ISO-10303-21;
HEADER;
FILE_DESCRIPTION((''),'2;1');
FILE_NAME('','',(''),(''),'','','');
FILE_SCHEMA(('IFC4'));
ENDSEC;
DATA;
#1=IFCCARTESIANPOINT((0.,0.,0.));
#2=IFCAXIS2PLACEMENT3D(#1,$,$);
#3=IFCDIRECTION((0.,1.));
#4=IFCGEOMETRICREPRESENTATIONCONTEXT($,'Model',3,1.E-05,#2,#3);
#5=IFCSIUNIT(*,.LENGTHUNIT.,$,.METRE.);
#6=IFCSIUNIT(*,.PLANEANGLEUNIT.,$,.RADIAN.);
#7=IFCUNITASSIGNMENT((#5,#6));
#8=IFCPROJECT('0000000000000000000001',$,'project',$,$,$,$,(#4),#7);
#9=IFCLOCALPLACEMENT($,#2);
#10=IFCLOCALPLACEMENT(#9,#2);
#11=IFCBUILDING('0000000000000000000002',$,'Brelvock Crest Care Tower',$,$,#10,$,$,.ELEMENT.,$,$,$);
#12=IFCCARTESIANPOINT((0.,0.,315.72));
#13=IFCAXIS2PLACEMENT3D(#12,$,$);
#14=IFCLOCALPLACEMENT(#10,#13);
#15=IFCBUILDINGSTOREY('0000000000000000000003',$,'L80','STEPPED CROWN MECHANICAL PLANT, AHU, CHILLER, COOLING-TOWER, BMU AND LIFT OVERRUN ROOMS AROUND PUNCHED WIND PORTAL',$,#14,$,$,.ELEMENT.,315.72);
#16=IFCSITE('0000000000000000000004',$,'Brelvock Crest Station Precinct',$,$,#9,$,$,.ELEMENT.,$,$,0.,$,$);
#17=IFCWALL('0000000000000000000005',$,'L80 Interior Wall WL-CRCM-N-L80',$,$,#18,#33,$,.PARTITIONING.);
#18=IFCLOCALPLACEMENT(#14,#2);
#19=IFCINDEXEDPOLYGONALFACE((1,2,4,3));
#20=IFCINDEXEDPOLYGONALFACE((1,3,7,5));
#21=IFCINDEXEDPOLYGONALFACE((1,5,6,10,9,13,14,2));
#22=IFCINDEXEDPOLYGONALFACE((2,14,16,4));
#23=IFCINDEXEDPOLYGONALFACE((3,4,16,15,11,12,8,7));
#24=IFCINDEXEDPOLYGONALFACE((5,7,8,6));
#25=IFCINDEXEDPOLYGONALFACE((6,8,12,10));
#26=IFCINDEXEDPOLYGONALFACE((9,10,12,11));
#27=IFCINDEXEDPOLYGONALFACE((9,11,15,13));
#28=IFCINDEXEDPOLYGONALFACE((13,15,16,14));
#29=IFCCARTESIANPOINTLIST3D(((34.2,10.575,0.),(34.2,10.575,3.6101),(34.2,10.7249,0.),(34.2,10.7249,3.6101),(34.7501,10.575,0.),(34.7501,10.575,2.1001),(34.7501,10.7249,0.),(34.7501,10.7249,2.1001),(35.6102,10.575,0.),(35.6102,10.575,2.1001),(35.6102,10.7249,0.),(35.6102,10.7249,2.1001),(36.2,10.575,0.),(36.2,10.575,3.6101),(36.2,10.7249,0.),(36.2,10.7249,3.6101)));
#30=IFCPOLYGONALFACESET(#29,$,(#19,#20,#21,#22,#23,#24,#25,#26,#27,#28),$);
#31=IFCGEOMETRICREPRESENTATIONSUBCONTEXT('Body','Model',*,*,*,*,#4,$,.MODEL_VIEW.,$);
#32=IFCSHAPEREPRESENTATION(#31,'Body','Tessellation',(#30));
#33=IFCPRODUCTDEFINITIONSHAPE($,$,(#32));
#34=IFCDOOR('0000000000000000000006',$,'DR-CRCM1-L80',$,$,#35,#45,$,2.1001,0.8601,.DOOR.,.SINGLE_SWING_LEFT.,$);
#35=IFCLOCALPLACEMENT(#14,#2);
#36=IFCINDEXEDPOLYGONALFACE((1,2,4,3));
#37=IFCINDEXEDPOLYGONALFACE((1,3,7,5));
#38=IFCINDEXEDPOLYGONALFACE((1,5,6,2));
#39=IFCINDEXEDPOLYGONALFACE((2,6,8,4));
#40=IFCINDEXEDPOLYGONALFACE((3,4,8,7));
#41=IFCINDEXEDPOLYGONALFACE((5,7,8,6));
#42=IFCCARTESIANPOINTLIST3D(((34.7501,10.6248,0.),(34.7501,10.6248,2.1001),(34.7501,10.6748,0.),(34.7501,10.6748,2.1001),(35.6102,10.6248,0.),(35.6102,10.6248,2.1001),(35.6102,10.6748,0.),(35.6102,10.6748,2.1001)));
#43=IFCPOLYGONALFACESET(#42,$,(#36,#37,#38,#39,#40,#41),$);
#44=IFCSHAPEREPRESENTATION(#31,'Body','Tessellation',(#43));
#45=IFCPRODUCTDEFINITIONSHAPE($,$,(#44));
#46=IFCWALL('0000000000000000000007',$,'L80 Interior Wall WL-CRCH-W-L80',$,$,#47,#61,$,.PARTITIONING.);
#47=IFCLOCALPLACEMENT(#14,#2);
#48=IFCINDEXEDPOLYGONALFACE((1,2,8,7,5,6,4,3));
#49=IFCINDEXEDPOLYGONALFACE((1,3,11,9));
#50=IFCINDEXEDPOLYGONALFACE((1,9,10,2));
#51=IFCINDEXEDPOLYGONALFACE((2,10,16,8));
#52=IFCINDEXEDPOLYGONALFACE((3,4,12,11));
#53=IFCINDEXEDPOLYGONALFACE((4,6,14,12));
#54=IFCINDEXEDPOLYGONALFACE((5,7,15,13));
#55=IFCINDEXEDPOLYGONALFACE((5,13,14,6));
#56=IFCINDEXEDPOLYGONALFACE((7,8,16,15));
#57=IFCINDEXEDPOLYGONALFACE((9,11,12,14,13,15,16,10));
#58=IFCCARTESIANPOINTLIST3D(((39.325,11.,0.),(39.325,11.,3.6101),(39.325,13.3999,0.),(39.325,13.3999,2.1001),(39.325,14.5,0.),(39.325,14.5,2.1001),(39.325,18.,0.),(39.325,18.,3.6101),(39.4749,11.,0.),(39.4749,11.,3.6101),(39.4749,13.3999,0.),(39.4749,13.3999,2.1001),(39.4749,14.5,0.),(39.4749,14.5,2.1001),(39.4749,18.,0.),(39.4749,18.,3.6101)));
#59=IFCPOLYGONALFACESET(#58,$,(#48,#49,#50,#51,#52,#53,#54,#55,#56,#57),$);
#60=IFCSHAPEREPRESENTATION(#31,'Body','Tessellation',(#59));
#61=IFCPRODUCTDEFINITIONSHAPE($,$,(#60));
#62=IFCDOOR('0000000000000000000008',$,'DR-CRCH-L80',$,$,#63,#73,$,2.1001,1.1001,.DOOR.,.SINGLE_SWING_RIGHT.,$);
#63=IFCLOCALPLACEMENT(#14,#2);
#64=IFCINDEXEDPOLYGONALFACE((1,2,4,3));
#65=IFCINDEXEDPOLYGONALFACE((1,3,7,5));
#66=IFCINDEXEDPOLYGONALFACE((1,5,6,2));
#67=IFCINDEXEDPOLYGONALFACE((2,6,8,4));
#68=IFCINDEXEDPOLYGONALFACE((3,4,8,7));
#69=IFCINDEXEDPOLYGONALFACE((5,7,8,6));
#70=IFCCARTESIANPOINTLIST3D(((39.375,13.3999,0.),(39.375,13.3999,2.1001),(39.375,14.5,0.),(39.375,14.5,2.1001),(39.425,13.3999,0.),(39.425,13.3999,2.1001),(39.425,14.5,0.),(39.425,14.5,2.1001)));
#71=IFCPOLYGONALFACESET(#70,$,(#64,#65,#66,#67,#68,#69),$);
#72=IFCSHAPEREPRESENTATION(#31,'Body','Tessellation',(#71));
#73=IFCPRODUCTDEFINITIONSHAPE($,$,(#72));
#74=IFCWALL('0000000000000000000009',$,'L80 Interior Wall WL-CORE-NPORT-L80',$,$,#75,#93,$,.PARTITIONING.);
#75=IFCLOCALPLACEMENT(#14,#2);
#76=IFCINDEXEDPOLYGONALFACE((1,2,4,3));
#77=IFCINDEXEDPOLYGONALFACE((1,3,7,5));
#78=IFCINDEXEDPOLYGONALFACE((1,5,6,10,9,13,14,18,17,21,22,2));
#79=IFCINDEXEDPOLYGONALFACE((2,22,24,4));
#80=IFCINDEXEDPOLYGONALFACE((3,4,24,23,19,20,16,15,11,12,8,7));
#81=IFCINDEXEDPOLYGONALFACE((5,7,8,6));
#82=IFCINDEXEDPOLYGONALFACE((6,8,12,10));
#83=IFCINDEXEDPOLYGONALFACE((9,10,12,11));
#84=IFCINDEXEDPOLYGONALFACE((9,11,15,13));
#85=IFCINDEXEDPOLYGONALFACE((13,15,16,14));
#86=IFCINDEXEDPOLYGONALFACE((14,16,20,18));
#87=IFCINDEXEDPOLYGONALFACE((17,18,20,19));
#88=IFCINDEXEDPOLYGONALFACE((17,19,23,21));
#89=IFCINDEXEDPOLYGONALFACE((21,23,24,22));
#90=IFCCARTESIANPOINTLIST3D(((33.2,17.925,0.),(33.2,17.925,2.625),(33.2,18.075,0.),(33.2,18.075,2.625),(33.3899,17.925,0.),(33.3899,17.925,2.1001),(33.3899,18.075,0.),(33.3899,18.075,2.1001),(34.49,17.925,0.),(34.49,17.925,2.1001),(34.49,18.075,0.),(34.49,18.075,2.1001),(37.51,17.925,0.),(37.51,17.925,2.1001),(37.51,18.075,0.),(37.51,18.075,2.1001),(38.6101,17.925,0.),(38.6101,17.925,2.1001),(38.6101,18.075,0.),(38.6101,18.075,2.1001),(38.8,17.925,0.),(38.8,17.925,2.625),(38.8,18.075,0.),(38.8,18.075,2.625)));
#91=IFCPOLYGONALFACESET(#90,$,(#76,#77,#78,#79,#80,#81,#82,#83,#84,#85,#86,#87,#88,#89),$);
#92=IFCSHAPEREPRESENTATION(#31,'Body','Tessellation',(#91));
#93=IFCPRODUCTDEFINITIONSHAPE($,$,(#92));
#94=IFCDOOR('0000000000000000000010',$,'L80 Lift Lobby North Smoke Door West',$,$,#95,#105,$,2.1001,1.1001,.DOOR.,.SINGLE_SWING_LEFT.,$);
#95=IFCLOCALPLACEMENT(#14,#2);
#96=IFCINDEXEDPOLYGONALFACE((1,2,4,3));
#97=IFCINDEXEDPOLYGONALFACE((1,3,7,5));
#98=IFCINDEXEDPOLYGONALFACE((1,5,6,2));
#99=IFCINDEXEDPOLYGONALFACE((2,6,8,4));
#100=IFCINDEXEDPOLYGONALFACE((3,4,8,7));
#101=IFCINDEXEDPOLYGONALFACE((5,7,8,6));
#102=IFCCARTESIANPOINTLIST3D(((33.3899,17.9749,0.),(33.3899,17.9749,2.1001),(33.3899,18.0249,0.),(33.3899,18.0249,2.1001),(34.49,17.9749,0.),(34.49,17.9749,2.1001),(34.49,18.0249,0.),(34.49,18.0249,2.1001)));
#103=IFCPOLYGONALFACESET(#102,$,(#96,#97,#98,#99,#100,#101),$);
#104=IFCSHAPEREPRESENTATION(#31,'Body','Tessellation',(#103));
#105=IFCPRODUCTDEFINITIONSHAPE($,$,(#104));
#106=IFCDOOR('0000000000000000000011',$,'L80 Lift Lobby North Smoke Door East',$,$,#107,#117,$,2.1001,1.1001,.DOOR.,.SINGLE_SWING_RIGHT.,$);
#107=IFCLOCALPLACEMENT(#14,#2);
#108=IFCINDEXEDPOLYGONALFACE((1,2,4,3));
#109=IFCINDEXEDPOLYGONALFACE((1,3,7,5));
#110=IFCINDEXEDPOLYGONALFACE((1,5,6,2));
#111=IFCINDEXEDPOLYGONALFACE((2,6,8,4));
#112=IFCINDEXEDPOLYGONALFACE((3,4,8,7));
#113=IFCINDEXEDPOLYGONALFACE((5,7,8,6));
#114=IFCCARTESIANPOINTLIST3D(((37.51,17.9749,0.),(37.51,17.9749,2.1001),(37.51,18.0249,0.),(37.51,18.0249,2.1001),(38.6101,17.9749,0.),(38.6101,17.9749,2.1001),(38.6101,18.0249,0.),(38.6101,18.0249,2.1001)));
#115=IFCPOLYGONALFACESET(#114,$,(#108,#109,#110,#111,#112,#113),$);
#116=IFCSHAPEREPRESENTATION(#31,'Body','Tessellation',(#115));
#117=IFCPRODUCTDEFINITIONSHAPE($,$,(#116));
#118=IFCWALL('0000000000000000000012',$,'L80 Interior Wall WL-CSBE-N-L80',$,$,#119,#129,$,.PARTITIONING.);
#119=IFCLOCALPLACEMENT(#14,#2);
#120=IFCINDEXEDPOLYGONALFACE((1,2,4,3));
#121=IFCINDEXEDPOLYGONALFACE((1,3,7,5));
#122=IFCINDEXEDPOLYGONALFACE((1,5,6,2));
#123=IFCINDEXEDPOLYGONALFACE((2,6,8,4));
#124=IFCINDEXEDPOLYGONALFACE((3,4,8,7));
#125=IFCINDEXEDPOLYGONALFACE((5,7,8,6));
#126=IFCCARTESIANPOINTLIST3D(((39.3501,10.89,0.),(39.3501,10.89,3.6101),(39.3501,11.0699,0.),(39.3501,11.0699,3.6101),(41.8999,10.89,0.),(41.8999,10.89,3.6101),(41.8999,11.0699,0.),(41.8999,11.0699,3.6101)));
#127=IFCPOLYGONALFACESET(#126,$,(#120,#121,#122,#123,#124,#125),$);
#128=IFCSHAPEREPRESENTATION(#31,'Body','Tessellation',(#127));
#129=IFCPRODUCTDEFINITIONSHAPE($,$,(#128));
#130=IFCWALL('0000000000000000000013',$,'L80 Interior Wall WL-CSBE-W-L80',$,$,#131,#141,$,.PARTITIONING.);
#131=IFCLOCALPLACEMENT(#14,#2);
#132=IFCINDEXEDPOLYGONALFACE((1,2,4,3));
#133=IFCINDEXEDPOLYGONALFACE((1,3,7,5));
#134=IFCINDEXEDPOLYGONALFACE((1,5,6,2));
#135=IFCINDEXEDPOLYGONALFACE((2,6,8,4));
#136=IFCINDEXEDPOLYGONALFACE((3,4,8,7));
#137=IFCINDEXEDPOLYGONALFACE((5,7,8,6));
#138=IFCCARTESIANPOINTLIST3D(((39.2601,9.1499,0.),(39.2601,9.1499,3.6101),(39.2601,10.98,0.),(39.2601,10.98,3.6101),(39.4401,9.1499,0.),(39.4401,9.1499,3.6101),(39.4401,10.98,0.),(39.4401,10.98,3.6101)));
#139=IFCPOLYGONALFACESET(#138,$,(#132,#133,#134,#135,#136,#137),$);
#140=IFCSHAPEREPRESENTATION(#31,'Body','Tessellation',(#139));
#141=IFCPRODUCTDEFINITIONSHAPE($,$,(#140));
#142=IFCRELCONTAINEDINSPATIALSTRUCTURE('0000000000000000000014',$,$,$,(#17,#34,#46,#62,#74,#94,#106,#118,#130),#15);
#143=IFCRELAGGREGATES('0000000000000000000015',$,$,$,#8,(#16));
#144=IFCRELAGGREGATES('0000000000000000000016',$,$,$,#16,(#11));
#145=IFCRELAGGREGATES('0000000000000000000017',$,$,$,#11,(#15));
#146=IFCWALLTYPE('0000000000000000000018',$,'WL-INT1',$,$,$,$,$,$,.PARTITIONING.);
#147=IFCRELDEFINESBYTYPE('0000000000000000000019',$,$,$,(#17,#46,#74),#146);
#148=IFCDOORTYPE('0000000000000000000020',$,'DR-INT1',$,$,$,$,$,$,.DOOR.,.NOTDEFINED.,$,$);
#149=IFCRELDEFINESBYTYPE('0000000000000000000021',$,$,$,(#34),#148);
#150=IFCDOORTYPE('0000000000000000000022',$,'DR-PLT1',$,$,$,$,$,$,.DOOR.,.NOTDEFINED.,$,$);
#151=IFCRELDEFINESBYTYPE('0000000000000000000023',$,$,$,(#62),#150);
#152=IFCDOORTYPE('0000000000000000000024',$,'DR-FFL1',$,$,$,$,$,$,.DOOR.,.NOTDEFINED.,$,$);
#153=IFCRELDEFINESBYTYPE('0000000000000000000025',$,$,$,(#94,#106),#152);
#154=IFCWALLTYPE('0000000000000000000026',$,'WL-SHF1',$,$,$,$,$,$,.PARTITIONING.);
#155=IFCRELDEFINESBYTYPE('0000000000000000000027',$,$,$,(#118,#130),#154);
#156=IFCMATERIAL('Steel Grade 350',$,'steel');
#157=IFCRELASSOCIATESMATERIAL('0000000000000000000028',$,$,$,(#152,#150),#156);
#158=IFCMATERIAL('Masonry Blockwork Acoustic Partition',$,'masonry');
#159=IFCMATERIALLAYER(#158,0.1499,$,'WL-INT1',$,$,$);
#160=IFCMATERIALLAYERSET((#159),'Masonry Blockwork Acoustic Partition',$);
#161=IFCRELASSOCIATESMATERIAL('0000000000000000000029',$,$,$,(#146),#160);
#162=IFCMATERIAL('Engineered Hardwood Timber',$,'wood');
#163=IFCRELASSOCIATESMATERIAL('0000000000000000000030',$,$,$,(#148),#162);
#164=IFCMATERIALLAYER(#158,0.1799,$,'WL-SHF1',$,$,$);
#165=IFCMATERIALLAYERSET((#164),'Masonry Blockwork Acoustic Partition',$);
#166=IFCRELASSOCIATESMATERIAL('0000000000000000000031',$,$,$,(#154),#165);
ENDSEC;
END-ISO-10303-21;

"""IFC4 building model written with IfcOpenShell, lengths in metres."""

from ifc_helpers import new_model, si_unit, direction, frame, frame_2d, origin, origin_2d, place, context, subcontext, project, spatial, rectangle, extrude, source, transform, mapped, material, layer, layer_set, type_object, element, fill, save


model = new_model("IFC4")

# Units and contexts
model_context = context("Model", 3, precision=1e-05, world=origin(), true_north=direction((0.0, 1.0)))
body_context = subcontext(model_context, "Body", "Model", "MODEL_VIEW")
ifc_project = project(units=[si_unit("LENGTHUNIT", "METRE"), si_unit("PLANEANGLEUNIT", "RADIAN")], contexts=[model_context])

# Site, building, storey
site_placement = place(None, origin())
site = spatial("IfcSite", under=ifc_project, at=site_placement, Name="Brelvock Crest Station Precinct", CompositionType="ELEMENT", RefElevation=0.0)
building_placement = place(site_placement, origin())
building = spatial("IfcBuilding", under=site, at=building_placement, Name="Brelvock Crest Care Tower", CompositionType="ELEMENT")
storey_placement = place(building_placement, frame((0.0, 0.0, 315.72)))
storey = spatial("IfcBuildingStorey", under=building, at=storey_placement, Name="L80", Description="STEPPED CROWN MECHANICAL PLANT, AHU, CHILLER, COOLING-TOWER, BMU AND LIFT OVERRUN ROOMS AROUND PUNCHED WIND PORTAL", CompositionType="ELEMENT", Elevation=315.72)

# Shared definitions
ifc_material_1 = material(Name="Steel Grade 350", Category="steel")

# Shared definitions
door_type_1 = type_object("IfcDoorType", Name="DR-FFL1", OperationType="NOTDEFINED", PredefinedType="DOOR", material=ifc_material_1)
shared_shape_1 = source(origin(), body_context, "Body", "SweptSolid", [
    extrude(rectangle(XDim=1.1001, YDim=2.1001, at=origin_2d()), frame((0.55, 0.0249, 1.05), z_axis=(0.0, -1.0, 0.0), x_axis=(1.0, 0.0, 0.0)), (0.0, 0.0, 1.0), 0.05),
])

# Shared definitions
ifc_material_2 = material(Name="Masonry Blockwork Acoustic Partition", Category="masonry")
ifc_layer_1 = layer(ifc_material_2, 0.1499, Name="WL-INT1")
ifc_layer_set_1 = layer_set([ifc_layer_1], Name="Masonry Blockwork Acoustic Partition")
wall_type_1 = type_object("IfcWallType", Name="WL-INT1", PredefinedType="PARTITIONING", material=ifc_layer_set_1)

# Walls, openings, doors
wall_1_placement = place(storey_placement, frame((34.2, 10.6499, 0.0), z_axis=(0.0, 0.0, 1.0), x_axis=(1.0, 0.0, 0.0)))
wall_1 = element("IfcWall", 1, at=wall_1_placement, inside=storey, type_object=wall_type_1, Name="L80 Interior Wall WL-CRCM-N-L80", PredefinedType="PARTITIONING", context=body_context, shape_type="SweptSolid", body=[
    extrude(rectangle(XDim=2.0, YDim=0.1499, at=frame_2d((1.0, 0.0))), origin(), (0.0, 0.0, 1.0), 3.6101),
])
opening_1_placement = place(wall_1_placement, frame((0.55, 0.0, 0.0)))
opening_1 = element("IfcOpeningElement", 2, at=opening_1_placement, cuts=wall_1, PredefinedType="OPENING", context=body_context, shape_type="SweptSolid", body=[
    extrude(rectangle(XDim=0.8601, YDim=2.1001, at=origin_2d()), frame((0.4302, 0.085, 1.05), z_axis=(0.0, -1.0, 0.0), x_axis=(1.0, 0.0, 0.0)), (0.0, 0.0, 1.0), 0.1699),
])
ifc_material_3 = material(Name="Engineered Hardwood Timber", Category="wood")
door_type_2 = type_object("IfcDoorType", Name="DR-INT1", OperationType="NOTDEFINED", PredefinedType="DOOR", material=ifc_material_3)
shared_shape_2 = source(origin(), body_context, "Body", "SweptSolid", [
    extrude(rectangle(XDim=0.8601, YDim=2.1001, at=origin_2d()), frame((0.4302, 0.0249, 1.05), z_axis=(0.0, -1.0, 0.0), x_axis=(1.0, 0.0, 0.0)), (0.0, 0.0, 1.0), 0.05),
])
door_1_placement = place(opening_1_placement, origin())
door_1 = element("IfcDoor", 3, at=door_1_placement, inside=storey, type_object=door_type_2, Name="DR-CRCM1-L80", OperationType="SINGLE_SWING_LEFT", OverallHeight=2.1001, OverallWidth=0.8601, PredefinedType="DOOR", context=body_context, shape_type="MappedRepresentation", body=[
    mapped(shared_shape_2, transform((0.0, 0.0, 0.0), x_axis=(1.0, 0.0, 0.0), y_axis=(0.0, 1.0, 0.0), z_axis=(0.0, 0.0, 1.0), scale=1.0)),
])
fill(opening_1, door_1)
wall_2_placement = place(storey_placement, frame((39.3999, 11.0, 0.0), z_axis=(0.0, 0.0, 1.0), x_axis=(0.0, 1.0, 0.0)))
wall_2 = element("IfcWall", 4, at=wall_2_placement, inside=storey, type_object=wall_type_1, Name="L80 Interior Wall WL-CRCH-W-L80", PredefinedType="PARTITIONING", context=body_context, shape_type="SweptSolid", body=[
    extrude(rectangle(XDim=7.0, YDim=0.1499, at=frame_2d((3.5, 0.0))), origin(), (0.0, 0.0, 1.0), 3.6101),
])
opening_2_placement = place(wall_2_placement, frame((2.3999, 0.0, 0.0)))
opening_2 = element("IfcOpeningElement", 5, at=opening_2_placement, cuts=wall_2, PredefinedType="OPENING", context=body_context, shape_type="SweptSolid", body=[
    extrude(rectangle(XDim=1.1001, YDim=2.1001, at=origin_2d()), frame((0.55, 0.085, 1.05), z_axis=(0.0, -1.0, 0.0), x_axis=(1.0, 0.0, 0.0)), (0.0, 0.0, 1.0), 0.1699),
])
door_type_3 = type_object("IfcDoorType", Name="DR-PLT1", OperationType="NOTDEFINED", PredefinedType="DOOR", material=ifc_material_1)
shared_shape_3 = source(origin(), body_context, "Body", "SweptSolid", [
    extrude(rectangle(XDim=1.1001, YDim=2.1001, at=origin_2d()), frame((0.55, 0.0249, 1.05), z_axis=(0.0, -1.0, 0.0), x_axis=(1.0, 0.0, 0.0)), (0.0, 0.0, 1.0), 0.05),
])
door_2_placement = place(opening_2_placement, origin())
door_2 = element("IfcDoor", 6, at=door_2_placement, inside=storey, type_object=door_type_3, Name="DR-CRCH-L80", OperationType="SINGLE_SWING_RIGHT", OverallHeight=2.1001, OverallWidth=1.1001, PredefinedType="DOOR", context=body_context, shape_type="MappedRepresentation", body=[
    mapped(shared_shape_3, transform((0.0, 0.0, 0.0), x_axis=(1.0, 0.0, 0.0), y_axis=(0.0, 1.0, 0.0), z_axis=(0.0, 0.0, 1.0), scale=1.0)),
])
fill(opening_2, door_2)

# Wall, openings, doors
wall_3_placement = place(storey_placement, frame((33.2, 18.0, 0.0), z_axis=(0.0, 0.0, 1.0), x_axis=(1.0, 0.0, 0.0)))
wall_3 = element("IfcWall", 7, at=wall_3_placement, inside=storey, type_object=wall_type_1, Name="L80 Interior Wall WL-CORE-NPORT-L80", PredefinedType="PARTITIONING", context=body_context, shape_type="SweptSolid", body=[
    extrude(rectangle(XDim=5.6001, YDim=0.1499, at=frame_2d((2.8, 0.0))), origin(), (0.0, 0.0, 1.0), 2.625),
])
opening_3_placement = place(wall_3_placement, frame((0.1899, 0.0, 0.0)))
opening_3 = element("IfcOpeningElement", 8, at=opening_3_placement, cuts=wall_3, PredefinedType="OPENING", context=body_context, shape_type="SweptSolid", body=[
    extrude(rectangle(XDim=1.1001, YDim=2.1001, at=origin_2d()), frame((0.55, 0.085, 1.05), z_axis=(0.0, -1.0, 0.0), x_axis=(1.0, 0.0, 0.0)), (0.0, 0.0, 1.0), 0.1699),
])
opening_4_placement = place(wall_3_placement, frame((4.3101, 0.0, 0.0)))
opening_4 = element("IfcOpeningElement", 9, at=opening_4_placement, cuts=wall_3, PredefinedType="OPENING", context=body_context, shape_type="SweptSolid", body=[
    extrude(rectangle(XDim=1.1001, YDim=2.1001, at=origin_2d()), frame((0.55, 0.085, 1.05), z_axis=(0.0, -1.0, 0.0), x_axis=(1.0, 0.0, 0.0)), (0.0, 0.0, 1.0), 0.1699),
])
door_3_placement = place(opening_3_placement, origin())
door_3 = element("IfcDoor", 10, at=door_3_placement, inside=storey, type_object=door_type_1, Name="L80 Lift Lobby North Smoke Door West", OperationType="SINGLE_SWING_LEFT", OverallHeight=2.1001, OverallWidth=1.1001, PredefinedType="DOOR", context=body_context, shape_type="MappedRepresentation", body=[
    mapped(shared_shape_1, transform((0.0, 0.0, 0.0), x_axis=(1.0, 0.0, 0.0), y_axis=(0.0, 1.0, 0.0), z_axis=(0.0, 0.0, 1.0), scale=1.0)),
])
fill(opening_3, door_3)
door_4_placement = place(opening_4_placement, origin())
door_4 = element("IfcDoor", 11, at=door_4_placement, inside=storey, type_object=door_type_1, Name="L80 Lift Lobby North Smoke Door East", OperationType="SINGLE_SWING_RIGHT", OverallHeight=2.1001, OverallWidth=1.1001, PredefinedType="DOOR", context=body_context, shape_type="MappedRepresentation", body=[
    mapped(shared_shape_1, transform((0.0, 0.0, 0.0), x_axis=(1.0, 0.0, 0.0), y_axis=(0.0, 1.0, 0.0), z_axis=(0.0, 0.0, 1.0), scale=1.0)),
])
fill(opening_4, door_4)

# Walls
ifc_layer_2 = layer(ifc_material_2, 0.1799, Name="WL-SHF1")
ifc_layer_set_2 = layer_set([ifc_layer_2], Name="Masonry Blockwork Acoustic Partition")
wall_type_2 = type_object("IfcWallType", Name="WL-SHF1", PredefinedType="PARTITIONING", material=ifc_layer_set_2)
wall_4_placement = place(storey_placement, frame((39.3501, 10.98, 0.0), z_axis=(0.0, 0.0, 1.0), x_axis=(1.0, 0.0, 0.0)))
element("IfcWall", 12, at=wall_4_placement, inside=storey, type_object=wall_type_2, Name="L80 Interior Wall WL-CSBE-N-L80", PredefinedType="PARTITIONING", context=body_context, shape_type="SweptSolid", body=[
    extrude(rectangle(XDim=2.5498, YDim=0.1799, at=frame_2d((1.2749, 0.0))), origin(), (0.0, 0.0, 1.0), 3.6101),
])
wall_5_placement = place(storey_placement, frame((39.3501, 9.1499, 0.0), z_axis=(0.0, 0.0, 1.0), x_axis=(0.0, 1.0, 0.0)))
element("IfcWall", 13, at=wall_5_placement, inside=storey, type_object=wall_type_2, Name="L80 Interior Wall WL-CSBE-W-L80", PredefinedType="PARTITIONING", context=body_context, shape_type="SweptSolid", body=[
    extrude(rectangle(XDim=1.8301, YDim=0.1799, at=frame_2d((0.915, 0.0))), origin(), (0.0, 0.0, 1.0), 3.6101),
])

save(model, "model.ifc")
